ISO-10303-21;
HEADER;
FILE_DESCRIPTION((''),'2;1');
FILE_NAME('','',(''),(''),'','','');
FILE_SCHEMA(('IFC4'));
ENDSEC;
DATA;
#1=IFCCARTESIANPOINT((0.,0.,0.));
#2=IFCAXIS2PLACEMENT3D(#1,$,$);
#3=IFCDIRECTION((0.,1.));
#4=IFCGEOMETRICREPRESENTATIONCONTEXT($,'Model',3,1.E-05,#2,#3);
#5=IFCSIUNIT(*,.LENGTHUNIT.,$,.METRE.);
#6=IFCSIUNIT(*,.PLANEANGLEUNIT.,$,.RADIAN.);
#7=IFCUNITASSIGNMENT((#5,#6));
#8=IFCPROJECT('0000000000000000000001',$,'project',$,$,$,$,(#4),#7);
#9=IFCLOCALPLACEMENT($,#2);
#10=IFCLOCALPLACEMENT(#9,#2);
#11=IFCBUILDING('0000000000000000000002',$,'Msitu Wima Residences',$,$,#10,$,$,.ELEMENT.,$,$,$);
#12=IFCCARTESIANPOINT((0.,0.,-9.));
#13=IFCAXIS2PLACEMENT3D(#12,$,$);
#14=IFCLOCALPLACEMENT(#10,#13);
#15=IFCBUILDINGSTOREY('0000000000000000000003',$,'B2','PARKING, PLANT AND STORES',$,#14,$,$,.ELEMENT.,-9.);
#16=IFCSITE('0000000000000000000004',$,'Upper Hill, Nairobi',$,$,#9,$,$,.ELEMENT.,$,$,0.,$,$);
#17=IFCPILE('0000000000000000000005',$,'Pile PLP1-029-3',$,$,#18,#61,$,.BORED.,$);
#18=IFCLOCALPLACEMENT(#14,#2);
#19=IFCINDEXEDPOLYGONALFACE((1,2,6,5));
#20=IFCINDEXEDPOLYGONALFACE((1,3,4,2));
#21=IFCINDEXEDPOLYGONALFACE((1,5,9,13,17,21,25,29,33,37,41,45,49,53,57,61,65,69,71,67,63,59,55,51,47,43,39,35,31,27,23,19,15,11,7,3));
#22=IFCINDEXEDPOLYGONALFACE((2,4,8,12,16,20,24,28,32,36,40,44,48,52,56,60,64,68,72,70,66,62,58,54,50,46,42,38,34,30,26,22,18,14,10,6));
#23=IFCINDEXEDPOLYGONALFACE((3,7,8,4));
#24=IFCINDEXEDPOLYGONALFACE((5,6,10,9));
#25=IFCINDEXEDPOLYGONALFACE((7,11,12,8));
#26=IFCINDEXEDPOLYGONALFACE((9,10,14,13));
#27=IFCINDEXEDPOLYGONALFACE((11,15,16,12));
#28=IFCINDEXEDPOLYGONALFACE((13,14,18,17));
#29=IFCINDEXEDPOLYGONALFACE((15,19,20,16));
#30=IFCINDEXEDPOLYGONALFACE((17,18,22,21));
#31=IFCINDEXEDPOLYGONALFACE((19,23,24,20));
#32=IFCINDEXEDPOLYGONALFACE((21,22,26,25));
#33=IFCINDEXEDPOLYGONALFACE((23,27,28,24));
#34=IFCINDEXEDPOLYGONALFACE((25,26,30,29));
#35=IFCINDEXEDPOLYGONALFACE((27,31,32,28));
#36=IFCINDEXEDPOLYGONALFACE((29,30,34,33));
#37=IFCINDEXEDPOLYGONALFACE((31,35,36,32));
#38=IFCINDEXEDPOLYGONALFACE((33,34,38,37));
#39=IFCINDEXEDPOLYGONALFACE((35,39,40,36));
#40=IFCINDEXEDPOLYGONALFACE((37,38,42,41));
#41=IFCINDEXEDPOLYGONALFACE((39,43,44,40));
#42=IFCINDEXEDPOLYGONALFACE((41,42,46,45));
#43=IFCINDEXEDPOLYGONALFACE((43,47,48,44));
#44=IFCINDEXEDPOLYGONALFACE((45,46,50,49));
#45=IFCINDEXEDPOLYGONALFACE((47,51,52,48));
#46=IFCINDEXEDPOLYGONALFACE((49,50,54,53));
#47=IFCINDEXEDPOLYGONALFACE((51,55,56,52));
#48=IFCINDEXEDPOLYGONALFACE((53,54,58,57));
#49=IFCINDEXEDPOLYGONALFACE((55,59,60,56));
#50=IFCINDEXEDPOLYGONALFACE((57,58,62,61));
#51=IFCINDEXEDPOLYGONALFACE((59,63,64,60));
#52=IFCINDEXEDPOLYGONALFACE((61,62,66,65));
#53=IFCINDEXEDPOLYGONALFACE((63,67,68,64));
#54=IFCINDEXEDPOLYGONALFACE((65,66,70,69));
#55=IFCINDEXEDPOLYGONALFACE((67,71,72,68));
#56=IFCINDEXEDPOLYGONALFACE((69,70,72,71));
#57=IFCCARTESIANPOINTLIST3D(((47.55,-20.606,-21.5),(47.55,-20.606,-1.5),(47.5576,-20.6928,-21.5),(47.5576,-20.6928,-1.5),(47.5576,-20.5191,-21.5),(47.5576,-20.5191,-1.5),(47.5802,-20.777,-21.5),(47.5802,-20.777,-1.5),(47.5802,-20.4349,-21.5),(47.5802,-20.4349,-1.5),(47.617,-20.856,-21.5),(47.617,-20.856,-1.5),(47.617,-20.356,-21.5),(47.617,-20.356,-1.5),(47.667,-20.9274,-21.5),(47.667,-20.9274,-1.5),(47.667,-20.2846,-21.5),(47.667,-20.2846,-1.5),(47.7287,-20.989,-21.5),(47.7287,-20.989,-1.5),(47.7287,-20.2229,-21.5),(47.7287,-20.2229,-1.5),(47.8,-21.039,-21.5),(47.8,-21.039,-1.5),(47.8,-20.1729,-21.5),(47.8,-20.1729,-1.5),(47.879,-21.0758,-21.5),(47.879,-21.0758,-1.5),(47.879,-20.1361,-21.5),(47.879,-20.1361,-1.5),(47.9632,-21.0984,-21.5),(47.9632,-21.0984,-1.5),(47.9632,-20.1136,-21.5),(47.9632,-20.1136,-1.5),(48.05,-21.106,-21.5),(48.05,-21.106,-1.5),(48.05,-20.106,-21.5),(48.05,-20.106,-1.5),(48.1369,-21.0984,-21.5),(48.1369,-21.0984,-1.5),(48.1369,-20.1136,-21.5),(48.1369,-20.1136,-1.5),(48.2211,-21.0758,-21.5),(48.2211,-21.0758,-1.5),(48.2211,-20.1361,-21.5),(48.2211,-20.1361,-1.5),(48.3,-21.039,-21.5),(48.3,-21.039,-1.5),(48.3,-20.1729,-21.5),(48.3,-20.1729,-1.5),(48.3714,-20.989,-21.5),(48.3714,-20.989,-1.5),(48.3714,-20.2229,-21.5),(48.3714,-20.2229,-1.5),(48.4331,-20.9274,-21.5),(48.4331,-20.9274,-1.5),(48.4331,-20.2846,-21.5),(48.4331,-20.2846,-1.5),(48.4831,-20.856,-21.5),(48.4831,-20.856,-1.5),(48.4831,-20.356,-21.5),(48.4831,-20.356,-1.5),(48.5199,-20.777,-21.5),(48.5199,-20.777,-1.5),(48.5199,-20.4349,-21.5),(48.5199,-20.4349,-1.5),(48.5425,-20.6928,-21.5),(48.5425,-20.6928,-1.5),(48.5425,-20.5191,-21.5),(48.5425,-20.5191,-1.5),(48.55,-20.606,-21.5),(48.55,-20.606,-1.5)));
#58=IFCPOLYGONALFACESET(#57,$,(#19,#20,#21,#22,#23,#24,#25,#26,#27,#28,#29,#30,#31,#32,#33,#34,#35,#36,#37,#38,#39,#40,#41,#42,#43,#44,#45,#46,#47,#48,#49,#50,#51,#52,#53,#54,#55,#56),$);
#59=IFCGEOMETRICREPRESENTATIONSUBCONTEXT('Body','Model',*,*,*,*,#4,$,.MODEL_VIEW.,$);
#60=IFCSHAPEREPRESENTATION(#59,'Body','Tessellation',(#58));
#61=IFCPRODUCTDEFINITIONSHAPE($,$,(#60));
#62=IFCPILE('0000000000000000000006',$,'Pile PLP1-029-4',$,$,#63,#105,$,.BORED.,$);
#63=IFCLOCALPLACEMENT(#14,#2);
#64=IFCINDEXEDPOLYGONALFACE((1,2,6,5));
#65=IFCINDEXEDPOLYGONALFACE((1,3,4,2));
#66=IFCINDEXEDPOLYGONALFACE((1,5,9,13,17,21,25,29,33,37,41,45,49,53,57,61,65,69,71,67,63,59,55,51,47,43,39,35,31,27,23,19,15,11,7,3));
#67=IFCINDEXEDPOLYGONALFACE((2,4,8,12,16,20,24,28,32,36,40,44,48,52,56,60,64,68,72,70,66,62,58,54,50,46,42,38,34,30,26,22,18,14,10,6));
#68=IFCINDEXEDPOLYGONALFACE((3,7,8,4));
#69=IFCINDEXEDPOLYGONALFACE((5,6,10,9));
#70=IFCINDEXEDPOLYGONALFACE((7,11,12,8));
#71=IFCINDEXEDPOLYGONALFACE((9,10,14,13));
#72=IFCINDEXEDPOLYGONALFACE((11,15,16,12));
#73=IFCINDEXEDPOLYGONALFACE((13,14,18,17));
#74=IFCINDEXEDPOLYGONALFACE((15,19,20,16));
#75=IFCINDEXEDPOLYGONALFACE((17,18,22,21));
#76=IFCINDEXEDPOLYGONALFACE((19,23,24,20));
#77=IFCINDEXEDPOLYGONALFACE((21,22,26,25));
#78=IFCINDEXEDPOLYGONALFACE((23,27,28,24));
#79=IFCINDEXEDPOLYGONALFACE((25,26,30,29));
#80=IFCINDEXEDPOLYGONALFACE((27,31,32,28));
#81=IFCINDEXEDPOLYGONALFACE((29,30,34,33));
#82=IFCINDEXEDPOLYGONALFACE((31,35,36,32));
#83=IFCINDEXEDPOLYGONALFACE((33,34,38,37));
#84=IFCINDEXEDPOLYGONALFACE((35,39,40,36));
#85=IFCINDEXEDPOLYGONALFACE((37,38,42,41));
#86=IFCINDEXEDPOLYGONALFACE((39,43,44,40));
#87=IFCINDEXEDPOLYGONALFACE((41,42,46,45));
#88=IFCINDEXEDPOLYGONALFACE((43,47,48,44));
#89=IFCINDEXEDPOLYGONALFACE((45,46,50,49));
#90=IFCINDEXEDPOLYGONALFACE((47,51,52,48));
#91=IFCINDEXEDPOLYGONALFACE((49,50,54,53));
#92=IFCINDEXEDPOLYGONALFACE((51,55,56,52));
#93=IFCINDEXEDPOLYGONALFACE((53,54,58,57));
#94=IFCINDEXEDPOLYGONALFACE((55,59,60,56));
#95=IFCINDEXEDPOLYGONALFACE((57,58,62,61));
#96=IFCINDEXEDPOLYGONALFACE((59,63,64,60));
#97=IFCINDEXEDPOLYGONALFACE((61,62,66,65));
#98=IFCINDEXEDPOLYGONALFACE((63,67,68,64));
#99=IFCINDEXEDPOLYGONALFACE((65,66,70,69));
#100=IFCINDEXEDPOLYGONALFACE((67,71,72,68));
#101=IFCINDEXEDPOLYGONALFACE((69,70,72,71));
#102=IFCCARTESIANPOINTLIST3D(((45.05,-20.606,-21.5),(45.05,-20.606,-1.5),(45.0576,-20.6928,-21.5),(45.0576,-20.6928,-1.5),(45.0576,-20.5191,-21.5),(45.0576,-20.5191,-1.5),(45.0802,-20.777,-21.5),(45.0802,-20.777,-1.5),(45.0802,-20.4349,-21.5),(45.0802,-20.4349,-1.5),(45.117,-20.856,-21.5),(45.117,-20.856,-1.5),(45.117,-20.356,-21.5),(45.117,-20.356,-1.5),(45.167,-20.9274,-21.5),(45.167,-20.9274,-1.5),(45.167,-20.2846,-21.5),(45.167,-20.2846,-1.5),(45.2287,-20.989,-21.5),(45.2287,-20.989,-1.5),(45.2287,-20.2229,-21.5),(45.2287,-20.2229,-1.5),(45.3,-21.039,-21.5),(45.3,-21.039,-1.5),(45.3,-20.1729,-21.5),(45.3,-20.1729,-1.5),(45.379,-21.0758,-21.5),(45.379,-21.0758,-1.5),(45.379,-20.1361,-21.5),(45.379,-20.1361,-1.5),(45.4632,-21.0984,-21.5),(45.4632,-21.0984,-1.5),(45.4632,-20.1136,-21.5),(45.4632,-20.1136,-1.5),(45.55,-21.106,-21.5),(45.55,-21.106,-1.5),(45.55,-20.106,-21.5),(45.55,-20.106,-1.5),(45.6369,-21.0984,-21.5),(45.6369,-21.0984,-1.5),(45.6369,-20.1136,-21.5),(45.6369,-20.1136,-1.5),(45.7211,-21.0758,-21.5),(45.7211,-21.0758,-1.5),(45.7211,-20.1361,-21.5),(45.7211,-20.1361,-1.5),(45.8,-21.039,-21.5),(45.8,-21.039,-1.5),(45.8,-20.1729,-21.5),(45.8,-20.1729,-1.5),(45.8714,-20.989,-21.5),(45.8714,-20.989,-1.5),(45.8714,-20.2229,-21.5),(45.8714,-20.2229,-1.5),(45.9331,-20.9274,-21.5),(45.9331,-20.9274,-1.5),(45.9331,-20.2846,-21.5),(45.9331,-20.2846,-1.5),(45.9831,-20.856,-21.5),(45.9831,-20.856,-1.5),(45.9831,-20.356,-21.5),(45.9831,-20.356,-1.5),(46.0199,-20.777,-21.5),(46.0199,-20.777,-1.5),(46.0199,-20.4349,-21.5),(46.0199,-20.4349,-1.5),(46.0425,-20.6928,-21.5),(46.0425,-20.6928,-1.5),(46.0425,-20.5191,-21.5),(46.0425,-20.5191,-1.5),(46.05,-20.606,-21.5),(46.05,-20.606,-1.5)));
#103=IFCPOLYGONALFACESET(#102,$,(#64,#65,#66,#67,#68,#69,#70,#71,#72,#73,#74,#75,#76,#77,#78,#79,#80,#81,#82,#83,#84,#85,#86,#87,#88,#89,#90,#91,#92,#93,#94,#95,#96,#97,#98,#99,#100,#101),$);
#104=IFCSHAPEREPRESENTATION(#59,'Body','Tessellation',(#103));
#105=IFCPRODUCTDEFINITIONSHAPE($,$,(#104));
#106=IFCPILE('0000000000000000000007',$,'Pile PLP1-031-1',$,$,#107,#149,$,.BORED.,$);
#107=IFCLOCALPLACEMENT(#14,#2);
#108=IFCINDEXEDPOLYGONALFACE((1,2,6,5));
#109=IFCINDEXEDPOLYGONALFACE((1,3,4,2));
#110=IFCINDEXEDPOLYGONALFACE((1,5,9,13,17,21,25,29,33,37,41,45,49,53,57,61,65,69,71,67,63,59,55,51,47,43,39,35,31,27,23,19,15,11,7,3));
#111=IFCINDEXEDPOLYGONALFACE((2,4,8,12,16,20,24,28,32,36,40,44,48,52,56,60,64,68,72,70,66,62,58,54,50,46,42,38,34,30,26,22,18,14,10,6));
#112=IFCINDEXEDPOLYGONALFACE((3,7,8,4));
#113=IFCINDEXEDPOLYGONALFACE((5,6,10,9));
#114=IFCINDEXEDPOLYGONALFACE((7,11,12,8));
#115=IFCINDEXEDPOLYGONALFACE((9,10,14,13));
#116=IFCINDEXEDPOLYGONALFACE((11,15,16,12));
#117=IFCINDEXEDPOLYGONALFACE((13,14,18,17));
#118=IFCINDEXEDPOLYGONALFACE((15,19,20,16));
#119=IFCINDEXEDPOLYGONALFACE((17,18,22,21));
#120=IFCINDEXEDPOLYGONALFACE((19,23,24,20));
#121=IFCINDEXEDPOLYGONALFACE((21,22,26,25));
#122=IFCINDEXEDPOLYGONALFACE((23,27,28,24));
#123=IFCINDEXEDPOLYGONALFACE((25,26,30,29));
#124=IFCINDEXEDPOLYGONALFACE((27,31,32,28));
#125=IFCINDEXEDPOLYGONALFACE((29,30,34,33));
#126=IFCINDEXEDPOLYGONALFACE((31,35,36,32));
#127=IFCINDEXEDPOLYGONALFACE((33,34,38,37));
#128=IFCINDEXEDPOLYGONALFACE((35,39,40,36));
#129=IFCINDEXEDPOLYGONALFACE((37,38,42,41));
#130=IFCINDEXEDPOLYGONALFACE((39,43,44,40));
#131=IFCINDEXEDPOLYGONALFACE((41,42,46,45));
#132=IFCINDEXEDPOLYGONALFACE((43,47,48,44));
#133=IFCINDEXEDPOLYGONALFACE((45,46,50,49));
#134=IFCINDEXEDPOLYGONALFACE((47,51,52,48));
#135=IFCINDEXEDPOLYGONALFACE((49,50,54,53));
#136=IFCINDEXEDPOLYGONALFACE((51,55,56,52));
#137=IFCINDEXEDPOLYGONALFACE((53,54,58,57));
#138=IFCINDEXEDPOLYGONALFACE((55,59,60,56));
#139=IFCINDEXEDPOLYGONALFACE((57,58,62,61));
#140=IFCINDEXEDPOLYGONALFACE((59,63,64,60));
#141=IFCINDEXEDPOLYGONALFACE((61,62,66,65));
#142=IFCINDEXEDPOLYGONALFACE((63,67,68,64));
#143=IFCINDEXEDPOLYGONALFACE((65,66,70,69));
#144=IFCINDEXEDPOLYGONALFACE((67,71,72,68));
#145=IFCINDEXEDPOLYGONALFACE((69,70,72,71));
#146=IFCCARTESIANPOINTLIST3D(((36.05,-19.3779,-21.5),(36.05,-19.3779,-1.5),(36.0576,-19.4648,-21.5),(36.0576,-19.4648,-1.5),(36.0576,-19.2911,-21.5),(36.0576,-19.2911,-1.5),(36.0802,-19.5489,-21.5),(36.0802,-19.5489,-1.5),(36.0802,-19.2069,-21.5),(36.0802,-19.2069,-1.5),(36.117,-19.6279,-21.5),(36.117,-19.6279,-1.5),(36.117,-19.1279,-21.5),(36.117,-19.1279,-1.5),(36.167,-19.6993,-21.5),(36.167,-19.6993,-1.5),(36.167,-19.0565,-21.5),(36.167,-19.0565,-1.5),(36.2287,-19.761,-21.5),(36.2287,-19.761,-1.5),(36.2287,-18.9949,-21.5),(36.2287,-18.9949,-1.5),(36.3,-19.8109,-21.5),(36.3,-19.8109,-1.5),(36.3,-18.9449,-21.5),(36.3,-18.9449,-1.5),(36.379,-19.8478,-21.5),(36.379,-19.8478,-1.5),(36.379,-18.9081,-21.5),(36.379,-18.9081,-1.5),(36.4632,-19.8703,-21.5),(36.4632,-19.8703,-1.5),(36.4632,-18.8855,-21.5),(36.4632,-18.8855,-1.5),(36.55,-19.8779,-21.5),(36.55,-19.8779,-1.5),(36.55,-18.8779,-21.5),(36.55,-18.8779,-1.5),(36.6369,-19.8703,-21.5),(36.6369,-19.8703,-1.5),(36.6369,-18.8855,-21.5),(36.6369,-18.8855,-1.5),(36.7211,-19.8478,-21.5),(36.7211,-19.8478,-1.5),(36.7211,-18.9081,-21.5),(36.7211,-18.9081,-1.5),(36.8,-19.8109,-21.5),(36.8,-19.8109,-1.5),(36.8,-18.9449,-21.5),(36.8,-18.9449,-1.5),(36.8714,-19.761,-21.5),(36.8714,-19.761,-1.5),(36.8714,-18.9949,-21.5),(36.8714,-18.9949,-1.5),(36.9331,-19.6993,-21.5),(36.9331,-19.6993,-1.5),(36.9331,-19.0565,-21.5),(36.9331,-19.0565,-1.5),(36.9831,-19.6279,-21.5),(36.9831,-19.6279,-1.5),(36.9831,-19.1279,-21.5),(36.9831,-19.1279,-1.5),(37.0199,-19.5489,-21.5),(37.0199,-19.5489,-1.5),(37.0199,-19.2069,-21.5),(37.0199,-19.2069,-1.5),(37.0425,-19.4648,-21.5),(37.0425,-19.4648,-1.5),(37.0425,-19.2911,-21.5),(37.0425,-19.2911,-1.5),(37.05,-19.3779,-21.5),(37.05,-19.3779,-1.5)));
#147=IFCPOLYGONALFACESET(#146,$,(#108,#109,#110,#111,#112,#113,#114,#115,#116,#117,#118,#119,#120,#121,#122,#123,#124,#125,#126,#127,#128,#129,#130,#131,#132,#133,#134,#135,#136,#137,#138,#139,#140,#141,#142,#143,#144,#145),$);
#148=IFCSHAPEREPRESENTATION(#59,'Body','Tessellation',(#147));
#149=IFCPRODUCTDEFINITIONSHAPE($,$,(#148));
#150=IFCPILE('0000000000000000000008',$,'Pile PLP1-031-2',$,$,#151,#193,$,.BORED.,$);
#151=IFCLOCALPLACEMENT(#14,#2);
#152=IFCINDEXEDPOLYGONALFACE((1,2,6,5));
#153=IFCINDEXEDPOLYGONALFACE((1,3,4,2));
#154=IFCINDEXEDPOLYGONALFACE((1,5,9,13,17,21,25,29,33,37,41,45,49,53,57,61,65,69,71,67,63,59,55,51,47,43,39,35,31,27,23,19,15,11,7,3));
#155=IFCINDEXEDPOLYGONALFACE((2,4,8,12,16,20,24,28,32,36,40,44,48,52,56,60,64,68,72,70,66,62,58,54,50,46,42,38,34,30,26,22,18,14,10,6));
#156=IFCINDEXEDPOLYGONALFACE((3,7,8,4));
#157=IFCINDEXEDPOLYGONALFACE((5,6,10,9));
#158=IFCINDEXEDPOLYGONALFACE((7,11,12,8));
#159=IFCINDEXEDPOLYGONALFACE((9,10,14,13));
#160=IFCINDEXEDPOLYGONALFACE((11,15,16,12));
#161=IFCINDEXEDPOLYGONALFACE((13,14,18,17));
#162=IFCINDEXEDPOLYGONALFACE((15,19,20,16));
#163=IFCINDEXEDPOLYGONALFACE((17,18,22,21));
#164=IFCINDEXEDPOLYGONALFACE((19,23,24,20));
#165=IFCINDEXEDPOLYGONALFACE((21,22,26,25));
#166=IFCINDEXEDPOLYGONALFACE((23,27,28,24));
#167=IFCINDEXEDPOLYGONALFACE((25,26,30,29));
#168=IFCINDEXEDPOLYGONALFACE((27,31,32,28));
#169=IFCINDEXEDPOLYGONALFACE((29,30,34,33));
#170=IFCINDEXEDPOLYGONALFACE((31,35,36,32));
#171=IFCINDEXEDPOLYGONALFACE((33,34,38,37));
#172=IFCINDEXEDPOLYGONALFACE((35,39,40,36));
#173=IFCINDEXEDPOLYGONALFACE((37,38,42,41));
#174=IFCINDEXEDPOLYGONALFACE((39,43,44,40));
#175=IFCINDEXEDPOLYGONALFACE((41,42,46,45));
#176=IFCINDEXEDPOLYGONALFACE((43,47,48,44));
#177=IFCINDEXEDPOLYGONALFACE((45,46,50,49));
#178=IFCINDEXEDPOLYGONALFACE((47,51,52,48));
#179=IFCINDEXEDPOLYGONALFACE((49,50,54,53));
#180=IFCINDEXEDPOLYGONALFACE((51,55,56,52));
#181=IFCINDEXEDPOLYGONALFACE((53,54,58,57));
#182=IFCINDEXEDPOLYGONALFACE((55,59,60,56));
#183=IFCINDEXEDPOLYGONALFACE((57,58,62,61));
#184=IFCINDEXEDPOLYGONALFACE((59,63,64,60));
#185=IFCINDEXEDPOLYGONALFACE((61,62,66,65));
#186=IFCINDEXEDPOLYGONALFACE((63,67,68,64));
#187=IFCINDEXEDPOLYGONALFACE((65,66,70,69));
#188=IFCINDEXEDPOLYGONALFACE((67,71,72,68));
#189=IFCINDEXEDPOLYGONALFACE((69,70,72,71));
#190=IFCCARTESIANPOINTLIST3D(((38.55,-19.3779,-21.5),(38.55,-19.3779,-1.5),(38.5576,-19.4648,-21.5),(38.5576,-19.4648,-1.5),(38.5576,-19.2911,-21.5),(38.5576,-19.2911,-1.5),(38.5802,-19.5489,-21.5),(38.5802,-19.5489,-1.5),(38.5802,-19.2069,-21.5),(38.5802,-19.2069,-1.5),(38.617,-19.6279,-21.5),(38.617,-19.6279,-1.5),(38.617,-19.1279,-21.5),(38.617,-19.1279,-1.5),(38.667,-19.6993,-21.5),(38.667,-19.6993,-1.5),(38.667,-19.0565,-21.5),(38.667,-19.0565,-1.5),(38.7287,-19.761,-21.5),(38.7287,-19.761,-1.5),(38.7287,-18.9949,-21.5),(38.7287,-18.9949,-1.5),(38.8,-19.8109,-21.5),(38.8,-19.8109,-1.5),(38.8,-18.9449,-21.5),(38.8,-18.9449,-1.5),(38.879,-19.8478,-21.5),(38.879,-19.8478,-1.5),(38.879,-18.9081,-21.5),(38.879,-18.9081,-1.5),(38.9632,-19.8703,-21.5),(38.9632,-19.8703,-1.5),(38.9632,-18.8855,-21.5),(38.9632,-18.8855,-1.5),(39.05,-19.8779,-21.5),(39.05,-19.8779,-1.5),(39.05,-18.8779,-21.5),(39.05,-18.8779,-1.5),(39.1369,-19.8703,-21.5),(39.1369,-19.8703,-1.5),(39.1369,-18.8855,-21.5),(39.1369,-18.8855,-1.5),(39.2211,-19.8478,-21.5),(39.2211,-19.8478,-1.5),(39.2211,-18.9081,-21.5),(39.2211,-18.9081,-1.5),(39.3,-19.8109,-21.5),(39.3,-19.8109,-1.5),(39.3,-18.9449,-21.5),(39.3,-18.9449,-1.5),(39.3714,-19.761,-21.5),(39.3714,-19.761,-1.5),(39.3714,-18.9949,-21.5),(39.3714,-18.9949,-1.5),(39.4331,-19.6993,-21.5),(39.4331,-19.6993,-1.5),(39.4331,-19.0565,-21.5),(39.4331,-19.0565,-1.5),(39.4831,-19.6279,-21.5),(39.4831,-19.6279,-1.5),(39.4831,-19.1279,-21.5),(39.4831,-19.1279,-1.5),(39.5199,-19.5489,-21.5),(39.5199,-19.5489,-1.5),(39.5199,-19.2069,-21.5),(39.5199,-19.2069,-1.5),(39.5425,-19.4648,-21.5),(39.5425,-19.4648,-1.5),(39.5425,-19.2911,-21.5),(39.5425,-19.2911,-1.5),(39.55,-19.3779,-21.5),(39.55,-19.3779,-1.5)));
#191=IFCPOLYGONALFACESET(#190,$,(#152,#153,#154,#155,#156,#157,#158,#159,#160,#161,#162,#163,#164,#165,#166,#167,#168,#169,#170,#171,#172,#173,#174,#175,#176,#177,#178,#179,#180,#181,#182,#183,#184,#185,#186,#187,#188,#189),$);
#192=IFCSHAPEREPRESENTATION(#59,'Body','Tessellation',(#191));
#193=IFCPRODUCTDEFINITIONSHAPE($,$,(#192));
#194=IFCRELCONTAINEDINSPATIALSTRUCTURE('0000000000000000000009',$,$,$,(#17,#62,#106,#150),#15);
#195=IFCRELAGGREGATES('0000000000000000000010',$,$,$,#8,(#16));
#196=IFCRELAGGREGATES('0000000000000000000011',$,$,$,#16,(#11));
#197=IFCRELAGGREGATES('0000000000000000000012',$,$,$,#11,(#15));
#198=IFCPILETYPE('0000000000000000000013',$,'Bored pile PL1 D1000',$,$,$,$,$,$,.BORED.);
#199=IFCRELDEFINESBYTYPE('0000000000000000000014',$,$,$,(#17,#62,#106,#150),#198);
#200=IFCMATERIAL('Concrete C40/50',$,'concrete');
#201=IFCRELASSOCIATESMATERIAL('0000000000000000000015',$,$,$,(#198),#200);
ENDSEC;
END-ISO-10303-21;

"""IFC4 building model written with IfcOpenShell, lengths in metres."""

from ifc_helpers import new_model, si_unit, direction, frame, origin, origin_2d, place, context, subcontext, project, spatial, circle, extrude, material, type_object, element, save


model = new_model("IFC4")

# Units and contexts
model_context = context("Model", 3, precision=1e-05, world=origin(), true_north=direction((0.0, 1.0)))
body_context = subcontext(model_context, "Body", "Model", "MODEL_VIEW")
ifc_project = project(units=[si_unit("LENGTHUNIT", "METRE"), si_unit("PLANEANGLEUNIT", "RADIAN")], contexts=[model_context])

# Site, building, storey
site_placement = place(None, origin())
site = spatial("IfcSite", under=ifc_project, at=site_placement, Name="Upper Hill, Nairobi", CompositionType="ELEMENT", RefElevation=0.0)
building_placement = place(site_placement, origin())
building = spatial("IfcBuilding", under=site, at=building_placement, Name="Msitu Wima Residences", CompositionType="ELEMENT")
storey_placement = place(building_placement, frame((0.0, 0.0, -9.0)))
storey = spatial("IfcBuildingStorey", under=building, at=storey_placement, Name="B2", Description="PARKING, PLANT AND STORES", CompositionType="ELEMENT", Elevation=-9.0)

# Piles
ifc_material_1 = material(Name="Concrete C40/50", Category="concrete")
pile_type_1 = type_object("IfcPileType", Name="Bored pile PL1 D1000", PredefinedType="BORED", material=ifc_material_1)
for number, where, z_axis, x_axis, name in (
    (1, (48.05, -20.606, -1.5), (0.0, 0.0, -1.0), (1.0, 0.0, 0.0), "Pile PLP1-029-3"),
    (2, (45.55, -20.606, -1.5), (0.0, 0.0, -1.0), (1.0, 0.0, 0.0), "Pile PLP1-029-4"),
    (3, (36.55, -19.3779, -1.5), (0.0, 0.0, -1.0), (1.0, 0.0, 0.0), "Pile PLP1-031-1"),
    (4, (39.05, -19.3779, -1.5), (0.0, 0.0, -1.0), (1.0, 0.0, 0.0), "Pile PLP1-031-2"),
):
    element("IfcPile", number, at=place(storey_placement, frame(where, z_axis=z_axis, x_axis=x_axis)), inside=storey, type_object=pile_type_1, Name=name, PredefinedType="BORED", context=body_context, shape_type="SweptSolid", body=[
        extrude(circle(Radius=0.5, at=origin_2d()), origin(), (0.0, 0.0, 1.0), 20.0),
    ])

save(model, "model.ifc")
